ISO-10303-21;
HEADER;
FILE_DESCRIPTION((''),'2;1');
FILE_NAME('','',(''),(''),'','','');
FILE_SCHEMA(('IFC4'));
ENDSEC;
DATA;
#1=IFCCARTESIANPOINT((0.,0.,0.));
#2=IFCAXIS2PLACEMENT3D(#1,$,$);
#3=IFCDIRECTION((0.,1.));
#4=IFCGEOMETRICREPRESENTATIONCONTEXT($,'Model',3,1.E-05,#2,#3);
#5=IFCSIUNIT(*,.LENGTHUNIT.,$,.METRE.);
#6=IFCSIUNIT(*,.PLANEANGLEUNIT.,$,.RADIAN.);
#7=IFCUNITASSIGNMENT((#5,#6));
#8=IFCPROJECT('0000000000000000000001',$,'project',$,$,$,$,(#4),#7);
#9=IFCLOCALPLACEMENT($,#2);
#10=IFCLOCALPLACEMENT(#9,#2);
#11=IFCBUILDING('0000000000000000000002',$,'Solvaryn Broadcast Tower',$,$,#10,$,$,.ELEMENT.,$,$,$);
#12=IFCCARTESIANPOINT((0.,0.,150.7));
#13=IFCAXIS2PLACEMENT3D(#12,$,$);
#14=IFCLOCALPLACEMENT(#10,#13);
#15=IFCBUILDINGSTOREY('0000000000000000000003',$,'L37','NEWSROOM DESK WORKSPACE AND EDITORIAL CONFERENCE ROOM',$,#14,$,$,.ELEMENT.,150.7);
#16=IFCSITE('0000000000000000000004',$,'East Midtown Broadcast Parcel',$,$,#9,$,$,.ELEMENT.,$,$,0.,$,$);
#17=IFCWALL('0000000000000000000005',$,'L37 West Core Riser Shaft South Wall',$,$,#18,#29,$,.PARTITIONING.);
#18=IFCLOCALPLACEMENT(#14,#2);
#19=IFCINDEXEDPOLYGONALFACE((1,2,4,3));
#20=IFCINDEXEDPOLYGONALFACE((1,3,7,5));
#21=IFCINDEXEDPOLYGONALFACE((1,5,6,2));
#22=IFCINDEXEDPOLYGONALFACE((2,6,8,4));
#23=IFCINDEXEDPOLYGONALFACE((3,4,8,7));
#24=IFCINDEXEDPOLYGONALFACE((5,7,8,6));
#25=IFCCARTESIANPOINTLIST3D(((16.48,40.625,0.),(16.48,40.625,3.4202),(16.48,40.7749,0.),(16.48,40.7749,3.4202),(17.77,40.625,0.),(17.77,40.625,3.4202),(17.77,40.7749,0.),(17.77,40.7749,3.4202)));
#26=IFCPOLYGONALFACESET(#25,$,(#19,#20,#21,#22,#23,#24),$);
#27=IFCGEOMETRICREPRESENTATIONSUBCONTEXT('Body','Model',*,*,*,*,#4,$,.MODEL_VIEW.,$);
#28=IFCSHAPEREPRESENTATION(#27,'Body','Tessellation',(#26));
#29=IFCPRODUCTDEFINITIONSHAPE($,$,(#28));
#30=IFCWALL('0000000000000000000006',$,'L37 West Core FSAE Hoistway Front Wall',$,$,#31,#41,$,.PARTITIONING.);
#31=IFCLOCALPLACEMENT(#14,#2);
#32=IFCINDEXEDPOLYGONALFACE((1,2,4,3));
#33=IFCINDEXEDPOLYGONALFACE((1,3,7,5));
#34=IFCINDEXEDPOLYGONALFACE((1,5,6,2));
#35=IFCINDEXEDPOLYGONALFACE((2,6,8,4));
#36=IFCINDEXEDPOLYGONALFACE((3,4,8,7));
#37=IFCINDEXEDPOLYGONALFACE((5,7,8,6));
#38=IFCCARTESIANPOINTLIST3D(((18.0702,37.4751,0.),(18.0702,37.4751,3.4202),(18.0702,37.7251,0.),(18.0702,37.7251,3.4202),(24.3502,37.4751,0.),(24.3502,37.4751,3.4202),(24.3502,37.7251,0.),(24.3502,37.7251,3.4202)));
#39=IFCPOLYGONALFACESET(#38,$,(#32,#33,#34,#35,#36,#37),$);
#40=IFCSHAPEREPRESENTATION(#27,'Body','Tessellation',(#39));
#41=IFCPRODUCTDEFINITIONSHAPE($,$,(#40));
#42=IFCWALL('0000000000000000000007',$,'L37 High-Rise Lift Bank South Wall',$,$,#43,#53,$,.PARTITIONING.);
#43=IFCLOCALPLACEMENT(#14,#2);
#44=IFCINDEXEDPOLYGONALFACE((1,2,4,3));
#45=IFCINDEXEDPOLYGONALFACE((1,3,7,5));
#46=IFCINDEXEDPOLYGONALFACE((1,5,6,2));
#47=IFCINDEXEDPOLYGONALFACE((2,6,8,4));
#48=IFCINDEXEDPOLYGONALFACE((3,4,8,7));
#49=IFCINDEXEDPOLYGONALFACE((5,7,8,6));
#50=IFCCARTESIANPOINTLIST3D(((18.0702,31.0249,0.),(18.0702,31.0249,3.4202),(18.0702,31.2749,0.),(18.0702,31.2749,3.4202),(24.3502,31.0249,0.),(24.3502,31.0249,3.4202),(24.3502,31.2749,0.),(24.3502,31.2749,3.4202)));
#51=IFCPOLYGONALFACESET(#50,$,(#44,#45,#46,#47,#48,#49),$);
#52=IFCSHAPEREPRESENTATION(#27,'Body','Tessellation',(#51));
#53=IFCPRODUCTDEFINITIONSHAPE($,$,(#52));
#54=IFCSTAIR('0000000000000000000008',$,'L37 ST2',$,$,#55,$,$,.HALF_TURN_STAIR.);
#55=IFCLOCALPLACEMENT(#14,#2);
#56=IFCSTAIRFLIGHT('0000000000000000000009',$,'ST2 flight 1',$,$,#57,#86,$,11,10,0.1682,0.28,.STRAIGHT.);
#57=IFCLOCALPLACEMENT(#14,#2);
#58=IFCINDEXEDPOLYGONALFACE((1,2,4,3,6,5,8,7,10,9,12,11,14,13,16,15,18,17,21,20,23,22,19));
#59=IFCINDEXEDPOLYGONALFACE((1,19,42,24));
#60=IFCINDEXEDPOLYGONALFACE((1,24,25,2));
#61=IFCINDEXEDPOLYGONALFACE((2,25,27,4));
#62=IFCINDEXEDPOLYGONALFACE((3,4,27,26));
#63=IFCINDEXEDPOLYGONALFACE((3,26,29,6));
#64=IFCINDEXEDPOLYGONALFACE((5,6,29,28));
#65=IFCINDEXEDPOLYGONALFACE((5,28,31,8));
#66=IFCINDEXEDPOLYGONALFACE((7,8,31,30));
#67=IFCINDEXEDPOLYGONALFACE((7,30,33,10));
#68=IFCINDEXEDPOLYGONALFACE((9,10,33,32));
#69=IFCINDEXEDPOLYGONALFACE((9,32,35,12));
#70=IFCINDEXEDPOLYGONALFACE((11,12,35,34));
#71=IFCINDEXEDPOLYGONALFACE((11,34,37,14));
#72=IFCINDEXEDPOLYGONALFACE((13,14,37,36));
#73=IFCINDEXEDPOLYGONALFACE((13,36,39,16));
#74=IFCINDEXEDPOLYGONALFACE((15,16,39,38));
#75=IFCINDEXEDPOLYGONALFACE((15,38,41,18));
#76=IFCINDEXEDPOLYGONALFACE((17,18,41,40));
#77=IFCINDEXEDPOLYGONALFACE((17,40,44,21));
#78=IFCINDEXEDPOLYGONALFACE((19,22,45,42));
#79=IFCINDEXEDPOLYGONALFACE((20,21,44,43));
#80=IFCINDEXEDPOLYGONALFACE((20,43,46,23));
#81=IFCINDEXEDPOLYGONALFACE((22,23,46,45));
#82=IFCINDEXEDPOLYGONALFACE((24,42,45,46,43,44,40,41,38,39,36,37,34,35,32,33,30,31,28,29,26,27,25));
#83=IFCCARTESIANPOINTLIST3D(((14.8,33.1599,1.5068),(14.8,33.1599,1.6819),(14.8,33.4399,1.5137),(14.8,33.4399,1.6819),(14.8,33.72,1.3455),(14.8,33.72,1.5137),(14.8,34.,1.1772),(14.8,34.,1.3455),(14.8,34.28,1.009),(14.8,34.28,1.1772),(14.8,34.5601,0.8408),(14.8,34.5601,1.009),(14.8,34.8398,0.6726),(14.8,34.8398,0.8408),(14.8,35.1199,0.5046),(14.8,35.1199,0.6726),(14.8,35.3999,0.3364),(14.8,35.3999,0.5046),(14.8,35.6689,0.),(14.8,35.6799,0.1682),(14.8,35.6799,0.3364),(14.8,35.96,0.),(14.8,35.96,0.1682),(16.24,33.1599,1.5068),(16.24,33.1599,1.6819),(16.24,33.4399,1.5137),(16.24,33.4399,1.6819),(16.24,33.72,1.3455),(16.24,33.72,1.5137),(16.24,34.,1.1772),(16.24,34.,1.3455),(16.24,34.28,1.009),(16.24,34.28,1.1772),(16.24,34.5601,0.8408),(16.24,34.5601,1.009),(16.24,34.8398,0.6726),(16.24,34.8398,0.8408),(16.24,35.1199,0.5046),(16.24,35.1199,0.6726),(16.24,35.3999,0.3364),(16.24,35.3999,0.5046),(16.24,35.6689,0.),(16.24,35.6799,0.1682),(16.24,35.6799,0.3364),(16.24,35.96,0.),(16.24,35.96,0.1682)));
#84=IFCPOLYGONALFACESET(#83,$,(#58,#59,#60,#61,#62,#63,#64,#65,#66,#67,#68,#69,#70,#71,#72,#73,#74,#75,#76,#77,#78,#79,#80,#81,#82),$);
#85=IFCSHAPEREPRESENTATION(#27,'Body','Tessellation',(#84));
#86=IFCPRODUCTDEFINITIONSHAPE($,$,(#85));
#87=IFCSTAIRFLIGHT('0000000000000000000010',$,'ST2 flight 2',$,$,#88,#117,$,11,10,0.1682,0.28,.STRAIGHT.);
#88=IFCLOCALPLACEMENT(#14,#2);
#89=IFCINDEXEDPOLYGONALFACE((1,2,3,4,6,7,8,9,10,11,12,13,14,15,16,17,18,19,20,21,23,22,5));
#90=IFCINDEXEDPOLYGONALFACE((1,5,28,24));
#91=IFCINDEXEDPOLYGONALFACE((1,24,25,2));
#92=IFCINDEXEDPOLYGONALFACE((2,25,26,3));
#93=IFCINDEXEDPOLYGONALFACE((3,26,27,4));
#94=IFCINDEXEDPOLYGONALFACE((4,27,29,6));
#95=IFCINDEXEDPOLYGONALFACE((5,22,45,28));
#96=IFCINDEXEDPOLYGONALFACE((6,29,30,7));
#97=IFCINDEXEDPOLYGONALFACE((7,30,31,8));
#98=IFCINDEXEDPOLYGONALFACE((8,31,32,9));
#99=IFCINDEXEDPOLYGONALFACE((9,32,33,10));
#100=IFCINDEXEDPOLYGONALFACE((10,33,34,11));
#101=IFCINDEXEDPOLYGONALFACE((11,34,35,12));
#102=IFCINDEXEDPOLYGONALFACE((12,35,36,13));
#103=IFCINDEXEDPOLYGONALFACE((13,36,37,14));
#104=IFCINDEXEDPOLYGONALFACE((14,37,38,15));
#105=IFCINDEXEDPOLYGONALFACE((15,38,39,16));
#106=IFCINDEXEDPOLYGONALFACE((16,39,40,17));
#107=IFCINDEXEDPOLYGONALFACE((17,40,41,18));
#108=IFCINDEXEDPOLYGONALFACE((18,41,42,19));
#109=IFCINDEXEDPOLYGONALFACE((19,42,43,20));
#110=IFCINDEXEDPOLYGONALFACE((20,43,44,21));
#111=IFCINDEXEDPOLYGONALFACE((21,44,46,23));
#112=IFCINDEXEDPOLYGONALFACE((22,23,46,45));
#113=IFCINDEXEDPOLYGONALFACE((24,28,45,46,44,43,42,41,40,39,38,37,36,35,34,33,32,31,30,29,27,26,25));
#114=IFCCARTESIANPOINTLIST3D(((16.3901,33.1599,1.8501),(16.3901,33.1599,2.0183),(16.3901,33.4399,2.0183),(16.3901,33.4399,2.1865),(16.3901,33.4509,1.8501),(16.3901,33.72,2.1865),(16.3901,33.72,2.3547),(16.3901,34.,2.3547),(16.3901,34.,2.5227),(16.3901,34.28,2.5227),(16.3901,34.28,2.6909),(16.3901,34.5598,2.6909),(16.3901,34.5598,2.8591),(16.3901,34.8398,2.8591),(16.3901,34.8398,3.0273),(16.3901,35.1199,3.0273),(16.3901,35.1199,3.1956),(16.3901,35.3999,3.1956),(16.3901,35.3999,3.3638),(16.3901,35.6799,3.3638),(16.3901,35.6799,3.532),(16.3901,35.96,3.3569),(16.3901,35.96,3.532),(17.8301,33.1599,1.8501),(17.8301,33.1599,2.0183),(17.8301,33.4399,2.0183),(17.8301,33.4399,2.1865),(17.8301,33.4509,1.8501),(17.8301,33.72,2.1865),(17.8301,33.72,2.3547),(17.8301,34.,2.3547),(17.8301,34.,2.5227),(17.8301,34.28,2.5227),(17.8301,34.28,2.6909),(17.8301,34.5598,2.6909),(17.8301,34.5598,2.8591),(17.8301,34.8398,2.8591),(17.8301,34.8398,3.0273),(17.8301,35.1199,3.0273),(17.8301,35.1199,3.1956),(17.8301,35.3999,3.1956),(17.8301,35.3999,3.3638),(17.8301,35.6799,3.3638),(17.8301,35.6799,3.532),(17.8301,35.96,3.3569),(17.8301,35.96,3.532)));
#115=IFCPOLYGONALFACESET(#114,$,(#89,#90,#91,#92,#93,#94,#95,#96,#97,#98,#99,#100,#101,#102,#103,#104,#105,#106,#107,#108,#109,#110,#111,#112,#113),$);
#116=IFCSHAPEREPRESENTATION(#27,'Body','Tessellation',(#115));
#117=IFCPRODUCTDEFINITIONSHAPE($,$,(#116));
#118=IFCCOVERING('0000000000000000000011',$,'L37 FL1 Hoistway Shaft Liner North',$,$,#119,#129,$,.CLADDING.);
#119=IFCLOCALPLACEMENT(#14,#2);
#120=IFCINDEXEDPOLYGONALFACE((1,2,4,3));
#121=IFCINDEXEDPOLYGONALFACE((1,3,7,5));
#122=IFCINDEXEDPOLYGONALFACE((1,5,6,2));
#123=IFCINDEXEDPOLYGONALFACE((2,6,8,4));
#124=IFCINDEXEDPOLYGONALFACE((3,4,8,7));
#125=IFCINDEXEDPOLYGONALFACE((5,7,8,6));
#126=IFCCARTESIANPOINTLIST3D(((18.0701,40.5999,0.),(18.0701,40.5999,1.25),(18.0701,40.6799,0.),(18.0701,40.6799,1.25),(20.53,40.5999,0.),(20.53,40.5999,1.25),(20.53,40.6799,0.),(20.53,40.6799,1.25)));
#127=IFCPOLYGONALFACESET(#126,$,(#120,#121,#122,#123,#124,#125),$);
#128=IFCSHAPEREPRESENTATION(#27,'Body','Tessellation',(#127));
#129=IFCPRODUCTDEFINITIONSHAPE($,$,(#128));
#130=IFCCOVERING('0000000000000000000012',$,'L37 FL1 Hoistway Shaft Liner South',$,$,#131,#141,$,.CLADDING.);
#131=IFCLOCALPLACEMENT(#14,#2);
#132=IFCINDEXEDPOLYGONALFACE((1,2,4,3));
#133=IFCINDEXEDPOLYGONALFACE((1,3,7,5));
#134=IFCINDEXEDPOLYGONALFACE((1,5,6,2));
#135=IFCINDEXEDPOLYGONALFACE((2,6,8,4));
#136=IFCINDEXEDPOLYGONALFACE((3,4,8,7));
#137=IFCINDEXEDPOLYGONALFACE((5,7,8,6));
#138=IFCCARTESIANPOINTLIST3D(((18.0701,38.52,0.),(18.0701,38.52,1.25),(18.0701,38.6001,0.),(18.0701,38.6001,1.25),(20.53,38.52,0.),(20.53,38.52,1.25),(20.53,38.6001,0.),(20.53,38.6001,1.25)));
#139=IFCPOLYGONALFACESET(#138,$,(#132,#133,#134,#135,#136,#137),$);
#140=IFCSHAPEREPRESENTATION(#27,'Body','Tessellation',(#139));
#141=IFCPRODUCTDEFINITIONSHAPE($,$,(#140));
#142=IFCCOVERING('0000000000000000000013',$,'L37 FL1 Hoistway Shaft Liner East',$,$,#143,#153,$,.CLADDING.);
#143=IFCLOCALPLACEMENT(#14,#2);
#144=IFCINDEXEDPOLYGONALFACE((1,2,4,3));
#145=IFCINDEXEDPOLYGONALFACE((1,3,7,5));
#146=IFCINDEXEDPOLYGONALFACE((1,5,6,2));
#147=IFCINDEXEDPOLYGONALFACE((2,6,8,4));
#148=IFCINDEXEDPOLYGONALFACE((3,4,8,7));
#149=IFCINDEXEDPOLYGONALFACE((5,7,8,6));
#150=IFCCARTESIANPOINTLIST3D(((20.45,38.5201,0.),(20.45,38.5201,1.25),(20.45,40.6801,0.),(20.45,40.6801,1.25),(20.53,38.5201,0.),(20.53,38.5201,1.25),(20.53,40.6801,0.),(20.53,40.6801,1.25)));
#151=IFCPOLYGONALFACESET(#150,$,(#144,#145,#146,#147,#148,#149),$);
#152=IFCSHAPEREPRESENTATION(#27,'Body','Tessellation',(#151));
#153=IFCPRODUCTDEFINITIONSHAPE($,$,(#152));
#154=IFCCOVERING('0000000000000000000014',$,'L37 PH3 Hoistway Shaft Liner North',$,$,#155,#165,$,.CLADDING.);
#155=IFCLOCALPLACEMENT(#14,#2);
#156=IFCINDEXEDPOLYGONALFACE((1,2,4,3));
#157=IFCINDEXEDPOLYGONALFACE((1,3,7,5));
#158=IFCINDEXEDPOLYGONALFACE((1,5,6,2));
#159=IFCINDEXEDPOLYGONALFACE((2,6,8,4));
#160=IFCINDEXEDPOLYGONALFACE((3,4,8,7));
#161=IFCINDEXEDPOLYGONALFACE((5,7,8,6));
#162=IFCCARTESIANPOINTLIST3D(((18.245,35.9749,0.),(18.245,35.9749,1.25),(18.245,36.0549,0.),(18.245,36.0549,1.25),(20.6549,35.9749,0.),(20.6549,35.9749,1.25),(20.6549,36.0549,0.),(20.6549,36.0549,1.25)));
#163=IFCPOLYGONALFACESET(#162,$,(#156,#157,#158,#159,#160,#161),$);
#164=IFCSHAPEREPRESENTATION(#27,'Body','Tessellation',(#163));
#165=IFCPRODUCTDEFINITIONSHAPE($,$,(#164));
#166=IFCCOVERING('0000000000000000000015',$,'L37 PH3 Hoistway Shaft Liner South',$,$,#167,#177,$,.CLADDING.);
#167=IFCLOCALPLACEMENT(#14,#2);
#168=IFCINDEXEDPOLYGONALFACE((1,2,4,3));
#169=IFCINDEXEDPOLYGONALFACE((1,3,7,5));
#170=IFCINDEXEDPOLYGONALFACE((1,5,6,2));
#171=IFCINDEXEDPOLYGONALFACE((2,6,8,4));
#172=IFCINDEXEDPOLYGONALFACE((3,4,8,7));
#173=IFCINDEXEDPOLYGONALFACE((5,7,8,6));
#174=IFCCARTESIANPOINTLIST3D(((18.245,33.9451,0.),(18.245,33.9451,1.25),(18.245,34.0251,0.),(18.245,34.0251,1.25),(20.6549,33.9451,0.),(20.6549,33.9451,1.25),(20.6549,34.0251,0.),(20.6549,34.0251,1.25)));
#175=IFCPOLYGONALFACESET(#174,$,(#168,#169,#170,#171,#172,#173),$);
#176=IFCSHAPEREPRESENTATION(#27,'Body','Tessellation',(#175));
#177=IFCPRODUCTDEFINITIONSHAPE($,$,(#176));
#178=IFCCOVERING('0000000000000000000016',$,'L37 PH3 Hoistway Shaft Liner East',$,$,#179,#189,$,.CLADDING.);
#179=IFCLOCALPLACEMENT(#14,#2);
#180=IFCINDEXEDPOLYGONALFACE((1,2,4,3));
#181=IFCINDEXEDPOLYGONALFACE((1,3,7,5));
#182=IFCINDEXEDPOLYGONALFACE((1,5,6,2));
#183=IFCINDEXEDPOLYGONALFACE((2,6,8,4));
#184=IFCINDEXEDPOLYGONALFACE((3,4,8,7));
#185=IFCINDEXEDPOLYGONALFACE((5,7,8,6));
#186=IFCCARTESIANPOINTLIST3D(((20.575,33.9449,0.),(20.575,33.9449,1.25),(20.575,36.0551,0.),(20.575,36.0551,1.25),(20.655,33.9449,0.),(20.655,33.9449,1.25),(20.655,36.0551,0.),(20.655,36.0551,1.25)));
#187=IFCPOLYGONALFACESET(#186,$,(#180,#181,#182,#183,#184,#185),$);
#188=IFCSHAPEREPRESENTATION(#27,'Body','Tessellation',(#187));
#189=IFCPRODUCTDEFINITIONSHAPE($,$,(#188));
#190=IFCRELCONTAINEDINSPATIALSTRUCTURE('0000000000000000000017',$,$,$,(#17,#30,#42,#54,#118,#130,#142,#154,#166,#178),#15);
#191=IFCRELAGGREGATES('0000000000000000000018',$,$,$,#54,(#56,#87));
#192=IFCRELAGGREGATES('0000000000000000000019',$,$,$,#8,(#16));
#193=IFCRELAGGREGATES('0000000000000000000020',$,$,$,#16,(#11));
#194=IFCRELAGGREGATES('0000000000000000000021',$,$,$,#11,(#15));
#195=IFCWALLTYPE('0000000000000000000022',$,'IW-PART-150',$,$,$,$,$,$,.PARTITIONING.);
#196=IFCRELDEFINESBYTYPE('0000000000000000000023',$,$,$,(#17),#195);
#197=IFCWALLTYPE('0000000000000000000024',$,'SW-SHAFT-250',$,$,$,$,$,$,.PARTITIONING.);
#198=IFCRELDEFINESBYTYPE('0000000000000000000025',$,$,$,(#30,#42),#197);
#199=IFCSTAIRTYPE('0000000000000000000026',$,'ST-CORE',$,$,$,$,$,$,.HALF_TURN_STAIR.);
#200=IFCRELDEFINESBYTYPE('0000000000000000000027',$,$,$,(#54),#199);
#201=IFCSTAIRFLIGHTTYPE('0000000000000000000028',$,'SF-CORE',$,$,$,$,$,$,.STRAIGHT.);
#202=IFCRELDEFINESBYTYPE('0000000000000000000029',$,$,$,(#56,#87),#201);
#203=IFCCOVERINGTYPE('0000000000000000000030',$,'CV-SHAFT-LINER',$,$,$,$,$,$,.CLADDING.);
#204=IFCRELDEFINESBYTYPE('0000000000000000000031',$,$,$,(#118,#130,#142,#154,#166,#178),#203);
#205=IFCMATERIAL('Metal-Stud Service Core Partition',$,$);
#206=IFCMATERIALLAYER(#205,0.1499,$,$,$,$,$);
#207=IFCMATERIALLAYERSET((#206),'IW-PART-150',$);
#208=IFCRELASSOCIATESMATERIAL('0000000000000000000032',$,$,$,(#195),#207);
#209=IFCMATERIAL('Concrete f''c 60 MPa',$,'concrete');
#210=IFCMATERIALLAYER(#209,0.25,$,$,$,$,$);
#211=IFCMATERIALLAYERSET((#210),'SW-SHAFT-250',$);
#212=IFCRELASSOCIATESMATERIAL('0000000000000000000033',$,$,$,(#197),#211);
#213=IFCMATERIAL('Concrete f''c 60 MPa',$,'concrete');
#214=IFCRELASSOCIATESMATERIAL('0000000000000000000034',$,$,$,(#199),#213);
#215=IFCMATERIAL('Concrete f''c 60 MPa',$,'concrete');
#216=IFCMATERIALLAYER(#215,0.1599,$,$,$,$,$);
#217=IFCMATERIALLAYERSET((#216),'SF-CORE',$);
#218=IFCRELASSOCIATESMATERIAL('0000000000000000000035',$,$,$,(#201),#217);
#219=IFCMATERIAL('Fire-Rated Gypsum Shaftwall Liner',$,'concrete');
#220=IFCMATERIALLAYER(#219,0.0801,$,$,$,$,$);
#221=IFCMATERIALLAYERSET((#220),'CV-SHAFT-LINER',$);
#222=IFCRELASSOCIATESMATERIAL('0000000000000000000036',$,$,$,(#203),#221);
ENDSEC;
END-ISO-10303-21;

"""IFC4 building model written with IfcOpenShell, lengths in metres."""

from ifc_helpers import new_model, si_unit, direction, frame, frame_2d, origin, origin_2d, place, context, subcontext, project, spatial, polyline, rectangle, outline, extrude, material, layer, layer_set, type_object, element, aggregate, save


model = new_model("IFC4")

# Units and contexts
model_context = context("Model", 3, precision=1e-05, world=origin(), true_north=direction((0.0, 1.0)))
body_context = subcontext(model_context, "Body", "Model", "MODEL_VIEW")
ifc_project = project(units=[si_unit("LENGTHUNIT", "METRE"), si_unit("PLANEANGLEUNIT", "RADIAN")], contexts=[model_context])

# Site, building, storey
site_placement = place(None, origin())
site = spatial("IfcSite", under=ifc_project, at=site_placement, Name="East Midtown Broadcast Parcel", CompositionType="ELEMENT", RefElevation=0.0)
building_placement = place(site_placement, origin())
building = spatial("IfcBuilding", under=site, at=building_placement, Name="Solvaryn Broadcast Tower", CompositionType="ELEMENT")
storey_placement = place(building_placement, frame((0.0, 0.0, 150.7)))
storey = spatial("IfcBuildingStorey", under=building, at=storey_placement, Name="L37", Description="NEWSROOM DESK WORKSPACE AND EDITORIAL CONFERENCE ROOM", CompositionType="ELEMENT", Elevation=150.7)

# Walls
ifc_material_1 = material(Name="Metal-Stud Service Core Partition")
ifc_layer_1 = layer(ifc_material_1, 0.1499)
ifc_layer_set_1 = layer_set([ifc_layer_1], Name="IW-PART-150")
wall_type_1 = type_object("IfcWallType", Name="IW-PART-150", PredefinedType="PARTITIONING", material=ifc_layer_set_1)
wall_1_placement = place(storey_placement, frame((16.48, 40.7, 0.0), z_axis=(0.0, 0.0, 1.0), x_axis=(1.0, 0.0, 0.0)))
element("IfcWall", 1, at=wall_1_placement, inside=storey, type_object=wall_type_1, Name="L37 West Core Riser Shaft South Wall", PredefinedType="PARTITIONING", context=body_context, shape_type="SweptSolid", body=[
    extrude(rectangle(XDim=1.29, YDim=0.1499, at=frame_2d((0.645, 0.0))), origin(), (0.0, 0.0, 1.0), 3.4202),
])
ifc_material_2 = material(Name="Concrete f'c 60 MPa", Category="concrete")
ifc_layer_2 = layer(ifc_material_2, 0.25)
ifc_layer_set_2 = layer_set([ifc_layer_2], Name="SW-SHAFT-250")
wall_type_2 = type_object("IfcWallType", Name="SW-SHAFT-250", PredefinedType="PARTITIONING", material=ifc_layer_set_2)
for number, where, z_axis, x_axis, name in (
    (2, (18.0701, 37.6001, 0.0), (0.0, 0.0, 1.0), (1.0, 0.0, 0.0), "L37 West Core FSAE Hoistway Front Wall"),
    (3, (18.0701, 31.1499, 0.0), (0.0, 0.0, 1.0), (1.0, 0.0, 0.0), "L37 High-Rise Lift Bank South Wall"),
):
    element("IfcWall", number, at=place(storey_placement, frame(where, z_axis=z_axis, x_axis=x_axis)), inside=storey, type_object=wall_type_2, Name=name, PredefinedType="PARTITIONING", context=body_context, shape_type="SweptSolid", body=[
        extrude(rectangle(XDim=6.28, YDim=0.25, at=frame_2d((3.1401, 0.0))), origin(), (0.0, 0.0, 1.0), 3.4202),
    ])

# Stair, stair flights
ifc_material_3 = material(Name="Concrete f'c 60 MPa", Category="concrete")
stair_type = type_object("IfcStairType", Name="ST-CORE", PredefinedType="HALF_TURN_STAIR", material=ifc_material_3)
stair_placement = place(storey_placement, origin())
stair = element("IfcStair", 4, at=stair_placement, inside=storey, type_object=stair_type, Name="L37 ST2", PredefinedType="HALF_TURN_STAIR")
ifc_material_4 = material(Name="Concrete f'c 60 MPa", Category="concrete")
ifc_layer_3 = layer(ifc_material_4, 0.1599)
ifc_layer_set_3 = layer_set([ifc_layer_3], Name="SF-CORE")
stair_flight_type = type_object("IfcStairFlightType", Name="SF-CORE", PredefinedType="STRAIGHT", material=ifc_layer_set_3)
stair_flight_1_placement = place(storey_placement, frame((15.52, 35.96, 0.0), z_axis=(0.0, 0.0, 1.0), x_axis=(0.0, -1.0, 0.0)))
stair_flight_1 = element("IfcStairFlight", 5, at=stair_flight_1_placement, type_object=stair_flight_type, Name="ST2 flight 1", NumberOfRisers=11, NumberOfTreads=10, PredefinedType="STRAIGHT", RiserHeight=0.1682, TreadLength=0.28, context=body_context, shape_type="SweptSolid", body=[
    extrude(outline(polyline([(0.0, 0.0), (0.0, 0.1682), (0.28, 0.1682), (0.28, 0.3364), (0.5601, 0.3364), (0.5601, 0.5046), (0.8401, 0.5046), (0.8401, 0.6726), (1.1201, 0.6726), (1.1201, 0.8408), (1.3999, 0.8408), (1.3999, 1.009), (1.6799, 1.009), (1.6799, 1.1772), (1.96, 1.1772), (1.96, 1.3455), (2.24, 1.3455), (2.24, 1.5137), (2.52, 1.5137), (2.52, 1.6819), (2.8, 1.6819), (2.8, 1.8501), (2.8, 1.5068), (0.291, 0.0), (0.0, 0.0)])), frame((0.0, 0.72, 0.0), z_axis=(0.0, -1.0, 0.0), x_axis=(1.0, 0.0, 0.0)), (0.0, 0.0, 1.0), 1.4399),
])
stair_flight_2_placement = place(storey_placement, frame((17.1101, 33.1599, 1.8501), z_axis=(0.0, 0.0, 1.0), x_axis=(0.0, 1.0, 0.0)))
stair_flight_2 = element("IfcStairFlight", 6, at=stair_flight_2_placement, type_object=stair_flight_type, Name="ST2 flight 2", NumberOfRisers=11, NumberOfTreads=10, PredefinedType="STRAIGHT", RiserHeight=0.1682, TreadLength=0.28, context=body_context, shape_type="SweptSolid", body=[
    extrude(outline(polyline([(0.0, 0.0), (0.0, 0.1682), (0.28, 0.1682), (0.28, 0.3364), (0.5601, 0.3364), (0.5601, 0.5046), (0.8401, 0.5046), (0.8401, 0.6726), (1.1201, 0.6726), (1.1201, 0.8408), (1.3999, 0.8408), (1.3999, 1.009), (1.6799, 1.009), (1.6799, 1.1772), (1.96, 1.1772), (1.96, 1.3455), (2.24, 1.3455), (2.24, 1.5137), (2.52, 1.5137), (2.52, 1.6819), (2.8, 1.6819), (2.8, 1.8501), (2.8, 1.5068), (0.291, 0.0), (0.0, 0.0)])), frame((0.0, 0.72, 0.0), z_axis=(0.0, -1.0, 0.0), x_axis=(1.0, 0.0, 0.0)), (0.0, 0.0, 1.0), 1.4399),
])
aggregate(stair, [stair_flight_1, stair_flight_2])

# Coverings
ifc_material_5 = material(Name="Fire-Rated Gypsum Shaftwall Liner", Category="concrete")
ifc_layer_4 = layer(ifc_material_5, 0.0801)
ifc_layer_set_4 = layer_set([ifc_layer_4], Name="CV-SHAFT-LINER")
covering_type = type_object("IfcCoveringType", Name="CV-SHAFT-LINER", PredefinedType="CLADDING", material=ifc_layer_set_4)
for number, where, z_axis, x_axis, name in (
    (7, (19.3, 40.6399, 0.0), (0.0, 0.0, 1.0), (1.0, 0.0, 0.0), "L37 FL1 Hoistway Shaft Liner North"),
    (8, (19.3, 38.5601, 0.0), (0.0, 0.0, 1.0), (1.0, 0.0, 0.0), "L37 FL1 Hoistway Shaft Liner South"),
):
    element("IfcCovering", number, at=place(storey_placement, frame(where, z_axis=z_axis, x_axis=x_axis)), inside=storey, type_object=covering_type, Name=name, PredefinedType="CLADDING", context=body_context, shape_type="SweptSolid", body=[
        extrude(rectangle(XDim=2.46, YDim=0.0801, at=origin_2d()), origin(), (0.0, 0.0, 1.0), 1.25),
    ])
covering_1_placement = place(storey_placement, frame((20.49, 39.6001, 0.0), z_axis=(0.0, 0.0, 1.0), x_axis=(1.0, 0.0, 0.0)))
element("IfcCovering", 9, at=covering_1_placement, inside=storey, type_object=covering_type, Name="L37 FL1 Hoistway Shaft Liner East", PredefinedType="CLADDING", context=body_context, shape_type="SweptSolid", body=[
    extrude(rectangle(XDim=0.0801, YDim=2.1599, at=origin_2d()), origin(), (0.0, 0.0, 1.0), 1.25),
])
for number, where, z_axis, x_axis, name in (
    (10, (19.45, 36.0149, 0.0), (0.0, 0.0, 1.0), (1.0, 0.0, 0.0), "L37 PH3 Hoistway Shaft Liner North"),
    (11, (19.45, 33.9851, 0.0), (0.0, 0.0, 1.0), (1.0, 0.0, 0.0), "L37 PH3 Hoistway Shaft Liner South"),
):
    element("IfcCovering", number, at=place(storey_placement, frame(where, z_axis=z_axis, x_axis=x_axis)), inside=storey, type_object=covering_type, Name=name, PredefinedType="CLADDING", context=body_context, shape_type="SweptSolid", body=[
        extrude(rectangle(XDim=2.4099, YDim=0.0801, at=origin_2d()), origin(), (0.0, 0.0, 1.0), 1.25),
    ])
for number, where, z_axis, x_axis, name in (
    (12, (20.615, 35.0, 0.0), (0.0, 0.0, 1.0), (1.0, 0.0, 0.0), "L37 PH3 Hoistway Shaft Liner East"),
):
    element("IfcCovering", number, at=place(storey_placement, frame(where, z_axis=z_axis, x_axis=x_axis)), inside=storey, type_object=covering_type, Name=name, PredefinedType="CLADDING", context=body_context, shape_type="SweptSolid", body=[
        extrude(rectangle(XDim=0.0801, YDim=2.1101, at=origin_2d()), origin(), (0.0, 0.0, 1.0), 1.25),
    ])

save(model, "model.ifc")
